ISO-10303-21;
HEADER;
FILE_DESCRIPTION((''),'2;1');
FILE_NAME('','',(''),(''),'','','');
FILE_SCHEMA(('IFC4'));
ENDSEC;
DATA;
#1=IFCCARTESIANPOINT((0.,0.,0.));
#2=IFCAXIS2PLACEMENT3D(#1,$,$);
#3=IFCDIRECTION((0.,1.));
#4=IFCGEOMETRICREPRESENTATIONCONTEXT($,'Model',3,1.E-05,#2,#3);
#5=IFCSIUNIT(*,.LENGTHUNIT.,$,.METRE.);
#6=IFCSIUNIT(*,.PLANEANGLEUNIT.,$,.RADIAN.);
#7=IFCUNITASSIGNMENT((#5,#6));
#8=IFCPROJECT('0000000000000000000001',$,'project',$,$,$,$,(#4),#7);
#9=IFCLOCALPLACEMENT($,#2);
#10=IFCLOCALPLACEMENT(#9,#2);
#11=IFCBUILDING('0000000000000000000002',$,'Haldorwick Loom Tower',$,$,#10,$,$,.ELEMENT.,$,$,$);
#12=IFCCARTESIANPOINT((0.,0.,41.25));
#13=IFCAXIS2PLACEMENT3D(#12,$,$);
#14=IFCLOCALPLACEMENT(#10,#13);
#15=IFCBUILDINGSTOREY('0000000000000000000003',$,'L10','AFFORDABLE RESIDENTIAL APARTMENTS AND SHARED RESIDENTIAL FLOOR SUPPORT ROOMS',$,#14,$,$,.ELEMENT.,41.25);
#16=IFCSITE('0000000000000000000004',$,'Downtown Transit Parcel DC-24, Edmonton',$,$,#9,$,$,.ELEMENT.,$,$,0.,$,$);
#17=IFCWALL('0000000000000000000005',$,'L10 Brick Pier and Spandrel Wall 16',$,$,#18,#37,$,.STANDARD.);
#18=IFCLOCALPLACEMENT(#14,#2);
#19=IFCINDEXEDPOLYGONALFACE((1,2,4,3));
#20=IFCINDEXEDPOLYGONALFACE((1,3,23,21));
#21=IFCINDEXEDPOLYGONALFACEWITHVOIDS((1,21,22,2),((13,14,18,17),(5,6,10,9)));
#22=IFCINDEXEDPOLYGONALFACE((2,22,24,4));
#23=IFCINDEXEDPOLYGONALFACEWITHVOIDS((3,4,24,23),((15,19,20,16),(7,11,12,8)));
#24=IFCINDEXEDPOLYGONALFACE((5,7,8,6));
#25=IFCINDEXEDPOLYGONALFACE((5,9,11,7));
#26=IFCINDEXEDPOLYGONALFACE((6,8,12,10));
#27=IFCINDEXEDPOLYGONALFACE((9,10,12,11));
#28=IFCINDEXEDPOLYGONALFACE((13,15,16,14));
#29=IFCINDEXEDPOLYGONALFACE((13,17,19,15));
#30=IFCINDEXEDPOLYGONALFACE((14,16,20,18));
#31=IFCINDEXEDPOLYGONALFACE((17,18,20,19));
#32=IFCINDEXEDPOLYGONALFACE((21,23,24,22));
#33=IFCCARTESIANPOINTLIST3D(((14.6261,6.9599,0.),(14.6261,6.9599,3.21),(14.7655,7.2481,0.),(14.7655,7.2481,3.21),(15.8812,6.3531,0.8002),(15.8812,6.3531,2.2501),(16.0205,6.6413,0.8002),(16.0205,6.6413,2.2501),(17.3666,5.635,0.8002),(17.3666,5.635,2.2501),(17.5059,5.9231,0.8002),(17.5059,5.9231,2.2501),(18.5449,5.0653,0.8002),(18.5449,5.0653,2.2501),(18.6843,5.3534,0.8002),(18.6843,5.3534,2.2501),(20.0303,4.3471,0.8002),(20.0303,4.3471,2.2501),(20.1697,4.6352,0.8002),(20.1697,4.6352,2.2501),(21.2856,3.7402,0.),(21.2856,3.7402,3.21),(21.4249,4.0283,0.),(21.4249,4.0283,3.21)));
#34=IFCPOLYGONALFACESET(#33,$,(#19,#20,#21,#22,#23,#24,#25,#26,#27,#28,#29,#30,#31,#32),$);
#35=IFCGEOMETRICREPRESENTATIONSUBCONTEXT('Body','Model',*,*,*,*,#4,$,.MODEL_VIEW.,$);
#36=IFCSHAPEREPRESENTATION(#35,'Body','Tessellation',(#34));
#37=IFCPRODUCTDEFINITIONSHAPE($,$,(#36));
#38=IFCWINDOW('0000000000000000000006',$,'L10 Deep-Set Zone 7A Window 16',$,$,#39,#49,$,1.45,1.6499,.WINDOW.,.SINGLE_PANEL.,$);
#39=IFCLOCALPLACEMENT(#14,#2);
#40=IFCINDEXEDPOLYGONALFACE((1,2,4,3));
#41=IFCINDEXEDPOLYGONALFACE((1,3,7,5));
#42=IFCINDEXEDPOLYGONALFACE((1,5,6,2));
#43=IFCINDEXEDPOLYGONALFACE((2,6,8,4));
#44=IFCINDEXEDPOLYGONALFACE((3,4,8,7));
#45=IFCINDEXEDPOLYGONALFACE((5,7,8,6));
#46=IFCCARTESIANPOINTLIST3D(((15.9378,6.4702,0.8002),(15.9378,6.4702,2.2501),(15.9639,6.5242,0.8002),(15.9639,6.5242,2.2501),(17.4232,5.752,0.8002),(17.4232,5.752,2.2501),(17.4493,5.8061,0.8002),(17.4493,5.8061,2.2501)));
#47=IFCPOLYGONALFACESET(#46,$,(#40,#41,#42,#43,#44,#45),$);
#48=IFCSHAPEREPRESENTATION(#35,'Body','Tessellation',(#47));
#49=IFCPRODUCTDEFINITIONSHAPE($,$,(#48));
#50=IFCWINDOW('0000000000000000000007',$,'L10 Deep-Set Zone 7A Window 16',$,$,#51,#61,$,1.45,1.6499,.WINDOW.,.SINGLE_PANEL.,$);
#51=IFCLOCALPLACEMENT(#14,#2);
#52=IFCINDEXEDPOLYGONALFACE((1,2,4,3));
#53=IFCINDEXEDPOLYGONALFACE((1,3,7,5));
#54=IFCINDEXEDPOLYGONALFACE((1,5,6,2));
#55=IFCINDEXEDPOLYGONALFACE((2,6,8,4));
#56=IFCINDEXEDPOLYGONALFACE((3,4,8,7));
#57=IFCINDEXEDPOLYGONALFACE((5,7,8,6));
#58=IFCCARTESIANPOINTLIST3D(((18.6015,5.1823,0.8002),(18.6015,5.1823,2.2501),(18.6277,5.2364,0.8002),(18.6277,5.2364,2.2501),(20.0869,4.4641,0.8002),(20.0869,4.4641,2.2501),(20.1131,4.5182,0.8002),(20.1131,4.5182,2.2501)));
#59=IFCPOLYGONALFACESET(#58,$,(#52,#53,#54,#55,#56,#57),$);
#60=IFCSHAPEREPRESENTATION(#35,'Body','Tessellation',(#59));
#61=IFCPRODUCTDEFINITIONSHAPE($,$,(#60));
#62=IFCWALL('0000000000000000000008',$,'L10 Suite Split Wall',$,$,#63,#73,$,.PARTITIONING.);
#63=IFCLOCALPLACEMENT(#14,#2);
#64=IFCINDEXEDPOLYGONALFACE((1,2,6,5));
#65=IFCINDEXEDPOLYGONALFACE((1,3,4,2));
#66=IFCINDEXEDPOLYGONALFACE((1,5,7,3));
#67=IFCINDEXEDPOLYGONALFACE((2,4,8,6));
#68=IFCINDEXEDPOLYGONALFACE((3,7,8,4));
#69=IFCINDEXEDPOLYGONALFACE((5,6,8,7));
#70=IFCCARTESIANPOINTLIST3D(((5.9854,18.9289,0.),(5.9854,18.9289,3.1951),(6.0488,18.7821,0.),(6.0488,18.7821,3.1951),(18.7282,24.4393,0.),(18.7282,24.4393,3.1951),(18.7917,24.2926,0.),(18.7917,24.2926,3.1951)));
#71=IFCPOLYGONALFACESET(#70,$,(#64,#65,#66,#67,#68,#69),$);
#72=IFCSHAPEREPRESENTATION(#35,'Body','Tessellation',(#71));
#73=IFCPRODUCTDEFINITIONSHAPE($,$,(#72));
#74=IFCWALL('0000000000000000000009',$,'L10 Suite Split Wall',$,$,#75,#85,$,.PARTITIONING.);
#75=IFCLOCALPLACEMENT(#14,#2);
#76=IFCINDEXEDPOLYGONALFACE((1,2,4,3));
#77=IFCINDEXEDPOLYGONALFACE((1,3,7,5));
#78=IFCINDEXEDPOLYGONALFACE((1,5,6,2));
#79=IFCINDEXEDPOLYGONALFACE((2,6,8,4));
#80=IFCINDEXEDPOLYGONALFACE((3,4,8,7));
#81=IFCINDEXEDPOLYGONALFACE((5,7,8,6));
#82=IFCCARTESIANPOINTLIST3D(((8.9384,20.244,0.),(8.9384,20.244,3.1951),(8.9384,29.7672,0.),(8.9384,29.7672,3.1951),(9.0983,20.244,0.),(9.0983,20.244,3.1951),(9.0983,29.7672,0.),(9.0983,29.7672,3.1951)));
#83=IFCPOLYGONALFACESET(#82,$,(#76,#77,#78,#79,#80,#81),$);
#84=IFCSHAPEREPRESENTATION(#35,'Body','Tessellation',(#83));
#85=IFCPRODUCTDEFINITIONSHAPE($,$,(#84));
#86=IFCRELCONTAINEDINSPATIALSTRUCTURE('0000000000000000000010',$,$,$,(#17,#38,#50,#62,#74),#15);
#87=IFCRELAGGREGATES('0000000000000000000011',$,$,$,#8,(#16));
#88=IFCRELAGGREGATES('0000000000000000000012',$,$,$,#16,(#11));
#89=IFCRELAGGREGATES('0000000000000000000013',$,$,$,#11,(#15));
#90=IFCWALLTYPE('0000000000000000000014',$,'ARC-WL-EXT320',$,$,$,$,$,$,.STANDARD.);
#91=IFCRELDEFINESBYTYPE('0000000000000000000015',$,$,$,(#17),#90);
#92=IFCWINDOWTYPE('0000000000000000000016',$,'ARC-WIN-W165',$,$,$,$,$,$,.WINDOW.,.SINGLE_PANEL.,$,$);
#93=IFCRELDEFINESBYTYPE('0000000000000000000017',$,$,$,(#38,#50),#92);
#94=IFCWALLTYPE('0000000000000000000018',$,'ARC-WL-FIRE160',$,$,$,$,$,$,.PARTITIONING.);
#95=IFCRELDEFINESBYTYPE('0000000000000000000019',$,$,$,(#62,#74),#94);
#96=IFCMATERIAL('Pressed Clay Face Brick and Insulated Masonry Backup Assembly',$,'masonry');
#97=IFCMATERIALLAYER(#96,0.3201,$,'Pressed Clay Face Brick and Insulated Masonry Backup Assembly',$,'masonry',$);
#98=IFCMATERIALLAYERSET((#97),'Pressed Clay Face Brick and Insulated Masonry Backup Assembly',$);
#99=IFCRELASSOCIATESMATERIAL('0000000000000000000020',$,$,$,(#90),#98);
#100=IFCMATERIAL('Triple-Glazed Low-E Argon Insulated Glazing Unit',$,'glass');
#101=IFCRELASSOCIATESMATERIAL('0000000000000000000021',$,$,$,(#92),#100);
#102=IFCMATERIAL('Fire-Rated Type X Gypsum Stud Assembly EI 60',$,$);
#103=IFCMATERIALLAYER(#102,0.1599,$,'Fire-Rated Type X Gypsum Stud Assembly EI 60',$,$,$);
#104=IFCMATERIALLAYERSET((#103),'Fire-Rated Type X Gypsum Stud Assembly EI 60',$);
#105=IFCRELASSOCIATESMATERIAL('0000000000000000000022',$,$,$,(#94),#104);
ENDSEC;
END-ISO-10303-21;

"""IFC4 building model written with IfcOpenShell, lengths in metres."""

from ifc_helpers import new_model, si_unit, direction, frame, frame_2d, origin, place, context, subcontext, project, spatial, rectangle, extrude, material, layer, layer_set, type_object, element, fill, save


model = new_model("IFC4")

# Units and contexts
model_context = context("Model", 3, precision=1e-05, world=origin(), true_north=direction((0.0, 1.0)))
body_context = subcontext(model_context, "Body", "Model", "MODEL_VIEW")
ifc_project = project(units=[si_unit("LENGTHUNIT", "METRE"), si_unit("PLANEANGLEUNIT", "RADIAN")], contexts=[model_context])

# Site, building, storey
site_placement = place(None, origin())
site = spatial("IfcSite", under=ifc_project, at=site_placement, Name="Downtown Transit Parcel DC-24, Edmonton", CompositionType="ELEMENT", RefElevation=0.0)
building_placement = place(site_placement, origin())
building = spatial("IfcBuilding", under=site, at=building_placement, Name="Haldorwick Loom Tower", CompositionType="ELEMENT")
storey_placement = place(building_placement, frame((0.0, 0.0, 41.25)))
storey = spatial("IfcBuildingStorey", under=building, at=storey_placement, Name="L10", Description="AFFORDABLE RESIDENTIAL APARTMENTS AND SHARED RESIDENTIAL FLOOR SUPPORT ROOMS", CompositionType="ELEMENT", Elevation=41.25)

# Shared definitions
ifc_material_1 = material(Name="Pressed Clay Face Brick and Insulated Masonry Backup Assembly", Category="masonry")
ifc_layer_1 = layer(ifc_material_1, 0.3201, Name="Pressed Clay Face Brick and Insulated Masonry Backup Assembly", Category="masonry")
ifc_layer_set_1 = layer_set([ifc_layer_1], Name="Pressed Clay Face Brick and Insulated Masonry Backup Assembly")
wall_type_1 = type_object("IfcWallType", Name="ARC-WL-EXT320", PredefinedType="STANDARD", material=ifc_layer_set_1)

# Wall, openings, windows
wall_1_placement = place(storey_placement, frame((14.6958, 7.104, 0.0), z_axis=(0.0, 0.0, 1.0), x_axis=(0.900296, -0.435279, 0.0)))
wall_1 = element("IfcWall", 1, at=wall_1_placement, inside=storey, type_object=wall_type_1, Name="L10 Brick Pier and Spandrel Wall 16", PredefinedType="STANDARD", context=body_context, shape_type="SweptSolid", body=[
    extrude(rectangle(XDim=7.397, YDim=0.3201, at=frame_2d((3.6985, 0.0))), origin(), (0.0, 0.0, 1.0), 3.21),
])
opening_1_placement = place(wall_1_placement, frame((1.394, 0.0, 0.8)))
opening_1 = element("IfcOpeningElement", 2, at=opening_1_placement, cuts=wall_1, PredefinedType="OPENING", context=body_context, shape_type="SweptSolid", body=[
    extrude(rectangle(XDim=1.6499, YDim=1.45, at=frame_2d((0.825, 0.7251))), frame((0.0, 0.1699, 0.0), z_axis=(0.0, -1.0, 0.0), x_axis=(1.0, 0.0, 0.0)), (0.0, 0.0, 1.0), 0.3401),
])
opening_2_placement = place(wall_1_placement, frame((4.3528, 0.0, 0.8)))
opening_2 = element("IfcOpeningElement", 3, at=opening_2_placement, cuts=wall_1, PredefinedType="OPENING", context=body_context, shape_type="SweptSolid", body=[
    extrude(rectangle(XDim=1.6499, YDim=1.45, at=frame_2d((0.825, 0.7251))), frame((0.0, 0.1699, 0.0), z_axis=(0.0, -1.0, 0.0), x_axis=(1.0, 0.0, 0.0)), (0.0, 0.0, 1.0), 0.3401),
])
ifc_material_2 = material(Name="Triple-Glazed Low-E Argon Insulated Glazing Unit", Category="glass")
window_type = type_object("IfcWindowType", Name="ARC-WIN-W165", PartitioningType="SINGLE_PANEL", PredefinedType="WINDOW", material=ifc_material_2)
window_1_placement = place(opening_1_placement, origin())
window_1 = element("IfcWindow", 4, at=window_1_placement, inside=storey, type_object=window_type, Name="L10 Deep-Set Zone 7A Window 16", OverallHeight=1.45, OverallWidth=1.6499, PartitioningType="SINGLE_PANEL", PredefinedType="WINDOW", context=body_context, shape_type="SweptSolid", body=[
    extrude(rectangle(XDim=1.6499, YDim=1.45, at=frame_2d((0.825, 0.7251))), frame((0.0, 0.03, 0.0), z_axis=(0.0, -1.0, 0.0), x_axis=(1.0, 0.0, 0.0)), (0.0, 0.0, 1.0), 0.0601),
])
fill(opening_1, window_1)
window_2_placement = place(opening_2_placement, origin())
window_2 = element("IfcWindow", 5, at=window_2_placement, inside=storey, type_object=window_type, Name="L10 Deep-Set Zone 7A Window 16", OverallHeight=1.45, OverallWidth=1.6499, PartitioningType="SINGLE_PANEL", PredefinedType="WINDOW", context=body_context, shape_type="SweptSolid", body=[
    extrude(rectangle(XDim=1.6499, YDim=1.45, at=frame_2d((0.825, 0.7251))), frame((0.0, 0.03, 0.0), z_axis=(0.0, -1.0, 0.0), x_axis=(1.0, 0.0, 0.0)), (0.0, 0.0, 1.0), 0.0601),
])
fill(opening_2, window_2)

# Walls
ifc_material_3 = material(Name="Fire-Rated Type X Gypsum Stud Assembly EI 60")
ifc_layer_2 = layer(ifc_material_3, 0.1599, Name="Fire-Rated Type X Gypsum Stud Assembly EI 60")
ifc_layer_set_2 = layer_set([ifc_layer_2], Name="Fire-Rated Type X Gypsum Stud Assembly EI 60")
wall_type_2 = type_object("IfcWallType", Name="ARC-WL-FIRE160", PredefinedType="PARTITIONING", material=ifc_layer_set_2)
wall_2_placement = place(storey_placement, frame((6.0171, 18.8555, 0.0), z_axis=(0.0, 0.0, 1.0), x_axis=(0.917856, 0.396914, 0.0)))
element("IfcWall", 6, at=wall_2_placement, inside=storey, type_object=wall_type_2, Name="L10 Suite Split Wall", PredefinedType="PARTITIONING", context=body_context, shape_type="SweptSolid", body=[
    extrude(rectangle(XDim=13.8833, YDim=0.1599, at=frame_2d((6.9417, 0.0))), origin(), (0.0, 0.0, 1.0), 3.1951),
])
wall_3_placement = place(storey_placement, frame((9.0183, 20.2439, 0.0), z_axis=(0.0, 0.0, 1.0), x_axis=(0.0, 1.0, 0.0)))
element("IfcWall", 7, at=wall_3_placement, inside=storey, type_object=wall_type_2, Name="L10 Suite Split Wall", PredefinedType="PARTITIONING", context=body_context, shape_type="SweptSolid", body=[
    extrude(rectangle(XDim=9.5232, YDim=0.1599, at=frame_2d((4.7617, 0.0))), origin(), (0.0, 0.0, 1.0), 3.1951),
])

save(model, "model.ifc")
